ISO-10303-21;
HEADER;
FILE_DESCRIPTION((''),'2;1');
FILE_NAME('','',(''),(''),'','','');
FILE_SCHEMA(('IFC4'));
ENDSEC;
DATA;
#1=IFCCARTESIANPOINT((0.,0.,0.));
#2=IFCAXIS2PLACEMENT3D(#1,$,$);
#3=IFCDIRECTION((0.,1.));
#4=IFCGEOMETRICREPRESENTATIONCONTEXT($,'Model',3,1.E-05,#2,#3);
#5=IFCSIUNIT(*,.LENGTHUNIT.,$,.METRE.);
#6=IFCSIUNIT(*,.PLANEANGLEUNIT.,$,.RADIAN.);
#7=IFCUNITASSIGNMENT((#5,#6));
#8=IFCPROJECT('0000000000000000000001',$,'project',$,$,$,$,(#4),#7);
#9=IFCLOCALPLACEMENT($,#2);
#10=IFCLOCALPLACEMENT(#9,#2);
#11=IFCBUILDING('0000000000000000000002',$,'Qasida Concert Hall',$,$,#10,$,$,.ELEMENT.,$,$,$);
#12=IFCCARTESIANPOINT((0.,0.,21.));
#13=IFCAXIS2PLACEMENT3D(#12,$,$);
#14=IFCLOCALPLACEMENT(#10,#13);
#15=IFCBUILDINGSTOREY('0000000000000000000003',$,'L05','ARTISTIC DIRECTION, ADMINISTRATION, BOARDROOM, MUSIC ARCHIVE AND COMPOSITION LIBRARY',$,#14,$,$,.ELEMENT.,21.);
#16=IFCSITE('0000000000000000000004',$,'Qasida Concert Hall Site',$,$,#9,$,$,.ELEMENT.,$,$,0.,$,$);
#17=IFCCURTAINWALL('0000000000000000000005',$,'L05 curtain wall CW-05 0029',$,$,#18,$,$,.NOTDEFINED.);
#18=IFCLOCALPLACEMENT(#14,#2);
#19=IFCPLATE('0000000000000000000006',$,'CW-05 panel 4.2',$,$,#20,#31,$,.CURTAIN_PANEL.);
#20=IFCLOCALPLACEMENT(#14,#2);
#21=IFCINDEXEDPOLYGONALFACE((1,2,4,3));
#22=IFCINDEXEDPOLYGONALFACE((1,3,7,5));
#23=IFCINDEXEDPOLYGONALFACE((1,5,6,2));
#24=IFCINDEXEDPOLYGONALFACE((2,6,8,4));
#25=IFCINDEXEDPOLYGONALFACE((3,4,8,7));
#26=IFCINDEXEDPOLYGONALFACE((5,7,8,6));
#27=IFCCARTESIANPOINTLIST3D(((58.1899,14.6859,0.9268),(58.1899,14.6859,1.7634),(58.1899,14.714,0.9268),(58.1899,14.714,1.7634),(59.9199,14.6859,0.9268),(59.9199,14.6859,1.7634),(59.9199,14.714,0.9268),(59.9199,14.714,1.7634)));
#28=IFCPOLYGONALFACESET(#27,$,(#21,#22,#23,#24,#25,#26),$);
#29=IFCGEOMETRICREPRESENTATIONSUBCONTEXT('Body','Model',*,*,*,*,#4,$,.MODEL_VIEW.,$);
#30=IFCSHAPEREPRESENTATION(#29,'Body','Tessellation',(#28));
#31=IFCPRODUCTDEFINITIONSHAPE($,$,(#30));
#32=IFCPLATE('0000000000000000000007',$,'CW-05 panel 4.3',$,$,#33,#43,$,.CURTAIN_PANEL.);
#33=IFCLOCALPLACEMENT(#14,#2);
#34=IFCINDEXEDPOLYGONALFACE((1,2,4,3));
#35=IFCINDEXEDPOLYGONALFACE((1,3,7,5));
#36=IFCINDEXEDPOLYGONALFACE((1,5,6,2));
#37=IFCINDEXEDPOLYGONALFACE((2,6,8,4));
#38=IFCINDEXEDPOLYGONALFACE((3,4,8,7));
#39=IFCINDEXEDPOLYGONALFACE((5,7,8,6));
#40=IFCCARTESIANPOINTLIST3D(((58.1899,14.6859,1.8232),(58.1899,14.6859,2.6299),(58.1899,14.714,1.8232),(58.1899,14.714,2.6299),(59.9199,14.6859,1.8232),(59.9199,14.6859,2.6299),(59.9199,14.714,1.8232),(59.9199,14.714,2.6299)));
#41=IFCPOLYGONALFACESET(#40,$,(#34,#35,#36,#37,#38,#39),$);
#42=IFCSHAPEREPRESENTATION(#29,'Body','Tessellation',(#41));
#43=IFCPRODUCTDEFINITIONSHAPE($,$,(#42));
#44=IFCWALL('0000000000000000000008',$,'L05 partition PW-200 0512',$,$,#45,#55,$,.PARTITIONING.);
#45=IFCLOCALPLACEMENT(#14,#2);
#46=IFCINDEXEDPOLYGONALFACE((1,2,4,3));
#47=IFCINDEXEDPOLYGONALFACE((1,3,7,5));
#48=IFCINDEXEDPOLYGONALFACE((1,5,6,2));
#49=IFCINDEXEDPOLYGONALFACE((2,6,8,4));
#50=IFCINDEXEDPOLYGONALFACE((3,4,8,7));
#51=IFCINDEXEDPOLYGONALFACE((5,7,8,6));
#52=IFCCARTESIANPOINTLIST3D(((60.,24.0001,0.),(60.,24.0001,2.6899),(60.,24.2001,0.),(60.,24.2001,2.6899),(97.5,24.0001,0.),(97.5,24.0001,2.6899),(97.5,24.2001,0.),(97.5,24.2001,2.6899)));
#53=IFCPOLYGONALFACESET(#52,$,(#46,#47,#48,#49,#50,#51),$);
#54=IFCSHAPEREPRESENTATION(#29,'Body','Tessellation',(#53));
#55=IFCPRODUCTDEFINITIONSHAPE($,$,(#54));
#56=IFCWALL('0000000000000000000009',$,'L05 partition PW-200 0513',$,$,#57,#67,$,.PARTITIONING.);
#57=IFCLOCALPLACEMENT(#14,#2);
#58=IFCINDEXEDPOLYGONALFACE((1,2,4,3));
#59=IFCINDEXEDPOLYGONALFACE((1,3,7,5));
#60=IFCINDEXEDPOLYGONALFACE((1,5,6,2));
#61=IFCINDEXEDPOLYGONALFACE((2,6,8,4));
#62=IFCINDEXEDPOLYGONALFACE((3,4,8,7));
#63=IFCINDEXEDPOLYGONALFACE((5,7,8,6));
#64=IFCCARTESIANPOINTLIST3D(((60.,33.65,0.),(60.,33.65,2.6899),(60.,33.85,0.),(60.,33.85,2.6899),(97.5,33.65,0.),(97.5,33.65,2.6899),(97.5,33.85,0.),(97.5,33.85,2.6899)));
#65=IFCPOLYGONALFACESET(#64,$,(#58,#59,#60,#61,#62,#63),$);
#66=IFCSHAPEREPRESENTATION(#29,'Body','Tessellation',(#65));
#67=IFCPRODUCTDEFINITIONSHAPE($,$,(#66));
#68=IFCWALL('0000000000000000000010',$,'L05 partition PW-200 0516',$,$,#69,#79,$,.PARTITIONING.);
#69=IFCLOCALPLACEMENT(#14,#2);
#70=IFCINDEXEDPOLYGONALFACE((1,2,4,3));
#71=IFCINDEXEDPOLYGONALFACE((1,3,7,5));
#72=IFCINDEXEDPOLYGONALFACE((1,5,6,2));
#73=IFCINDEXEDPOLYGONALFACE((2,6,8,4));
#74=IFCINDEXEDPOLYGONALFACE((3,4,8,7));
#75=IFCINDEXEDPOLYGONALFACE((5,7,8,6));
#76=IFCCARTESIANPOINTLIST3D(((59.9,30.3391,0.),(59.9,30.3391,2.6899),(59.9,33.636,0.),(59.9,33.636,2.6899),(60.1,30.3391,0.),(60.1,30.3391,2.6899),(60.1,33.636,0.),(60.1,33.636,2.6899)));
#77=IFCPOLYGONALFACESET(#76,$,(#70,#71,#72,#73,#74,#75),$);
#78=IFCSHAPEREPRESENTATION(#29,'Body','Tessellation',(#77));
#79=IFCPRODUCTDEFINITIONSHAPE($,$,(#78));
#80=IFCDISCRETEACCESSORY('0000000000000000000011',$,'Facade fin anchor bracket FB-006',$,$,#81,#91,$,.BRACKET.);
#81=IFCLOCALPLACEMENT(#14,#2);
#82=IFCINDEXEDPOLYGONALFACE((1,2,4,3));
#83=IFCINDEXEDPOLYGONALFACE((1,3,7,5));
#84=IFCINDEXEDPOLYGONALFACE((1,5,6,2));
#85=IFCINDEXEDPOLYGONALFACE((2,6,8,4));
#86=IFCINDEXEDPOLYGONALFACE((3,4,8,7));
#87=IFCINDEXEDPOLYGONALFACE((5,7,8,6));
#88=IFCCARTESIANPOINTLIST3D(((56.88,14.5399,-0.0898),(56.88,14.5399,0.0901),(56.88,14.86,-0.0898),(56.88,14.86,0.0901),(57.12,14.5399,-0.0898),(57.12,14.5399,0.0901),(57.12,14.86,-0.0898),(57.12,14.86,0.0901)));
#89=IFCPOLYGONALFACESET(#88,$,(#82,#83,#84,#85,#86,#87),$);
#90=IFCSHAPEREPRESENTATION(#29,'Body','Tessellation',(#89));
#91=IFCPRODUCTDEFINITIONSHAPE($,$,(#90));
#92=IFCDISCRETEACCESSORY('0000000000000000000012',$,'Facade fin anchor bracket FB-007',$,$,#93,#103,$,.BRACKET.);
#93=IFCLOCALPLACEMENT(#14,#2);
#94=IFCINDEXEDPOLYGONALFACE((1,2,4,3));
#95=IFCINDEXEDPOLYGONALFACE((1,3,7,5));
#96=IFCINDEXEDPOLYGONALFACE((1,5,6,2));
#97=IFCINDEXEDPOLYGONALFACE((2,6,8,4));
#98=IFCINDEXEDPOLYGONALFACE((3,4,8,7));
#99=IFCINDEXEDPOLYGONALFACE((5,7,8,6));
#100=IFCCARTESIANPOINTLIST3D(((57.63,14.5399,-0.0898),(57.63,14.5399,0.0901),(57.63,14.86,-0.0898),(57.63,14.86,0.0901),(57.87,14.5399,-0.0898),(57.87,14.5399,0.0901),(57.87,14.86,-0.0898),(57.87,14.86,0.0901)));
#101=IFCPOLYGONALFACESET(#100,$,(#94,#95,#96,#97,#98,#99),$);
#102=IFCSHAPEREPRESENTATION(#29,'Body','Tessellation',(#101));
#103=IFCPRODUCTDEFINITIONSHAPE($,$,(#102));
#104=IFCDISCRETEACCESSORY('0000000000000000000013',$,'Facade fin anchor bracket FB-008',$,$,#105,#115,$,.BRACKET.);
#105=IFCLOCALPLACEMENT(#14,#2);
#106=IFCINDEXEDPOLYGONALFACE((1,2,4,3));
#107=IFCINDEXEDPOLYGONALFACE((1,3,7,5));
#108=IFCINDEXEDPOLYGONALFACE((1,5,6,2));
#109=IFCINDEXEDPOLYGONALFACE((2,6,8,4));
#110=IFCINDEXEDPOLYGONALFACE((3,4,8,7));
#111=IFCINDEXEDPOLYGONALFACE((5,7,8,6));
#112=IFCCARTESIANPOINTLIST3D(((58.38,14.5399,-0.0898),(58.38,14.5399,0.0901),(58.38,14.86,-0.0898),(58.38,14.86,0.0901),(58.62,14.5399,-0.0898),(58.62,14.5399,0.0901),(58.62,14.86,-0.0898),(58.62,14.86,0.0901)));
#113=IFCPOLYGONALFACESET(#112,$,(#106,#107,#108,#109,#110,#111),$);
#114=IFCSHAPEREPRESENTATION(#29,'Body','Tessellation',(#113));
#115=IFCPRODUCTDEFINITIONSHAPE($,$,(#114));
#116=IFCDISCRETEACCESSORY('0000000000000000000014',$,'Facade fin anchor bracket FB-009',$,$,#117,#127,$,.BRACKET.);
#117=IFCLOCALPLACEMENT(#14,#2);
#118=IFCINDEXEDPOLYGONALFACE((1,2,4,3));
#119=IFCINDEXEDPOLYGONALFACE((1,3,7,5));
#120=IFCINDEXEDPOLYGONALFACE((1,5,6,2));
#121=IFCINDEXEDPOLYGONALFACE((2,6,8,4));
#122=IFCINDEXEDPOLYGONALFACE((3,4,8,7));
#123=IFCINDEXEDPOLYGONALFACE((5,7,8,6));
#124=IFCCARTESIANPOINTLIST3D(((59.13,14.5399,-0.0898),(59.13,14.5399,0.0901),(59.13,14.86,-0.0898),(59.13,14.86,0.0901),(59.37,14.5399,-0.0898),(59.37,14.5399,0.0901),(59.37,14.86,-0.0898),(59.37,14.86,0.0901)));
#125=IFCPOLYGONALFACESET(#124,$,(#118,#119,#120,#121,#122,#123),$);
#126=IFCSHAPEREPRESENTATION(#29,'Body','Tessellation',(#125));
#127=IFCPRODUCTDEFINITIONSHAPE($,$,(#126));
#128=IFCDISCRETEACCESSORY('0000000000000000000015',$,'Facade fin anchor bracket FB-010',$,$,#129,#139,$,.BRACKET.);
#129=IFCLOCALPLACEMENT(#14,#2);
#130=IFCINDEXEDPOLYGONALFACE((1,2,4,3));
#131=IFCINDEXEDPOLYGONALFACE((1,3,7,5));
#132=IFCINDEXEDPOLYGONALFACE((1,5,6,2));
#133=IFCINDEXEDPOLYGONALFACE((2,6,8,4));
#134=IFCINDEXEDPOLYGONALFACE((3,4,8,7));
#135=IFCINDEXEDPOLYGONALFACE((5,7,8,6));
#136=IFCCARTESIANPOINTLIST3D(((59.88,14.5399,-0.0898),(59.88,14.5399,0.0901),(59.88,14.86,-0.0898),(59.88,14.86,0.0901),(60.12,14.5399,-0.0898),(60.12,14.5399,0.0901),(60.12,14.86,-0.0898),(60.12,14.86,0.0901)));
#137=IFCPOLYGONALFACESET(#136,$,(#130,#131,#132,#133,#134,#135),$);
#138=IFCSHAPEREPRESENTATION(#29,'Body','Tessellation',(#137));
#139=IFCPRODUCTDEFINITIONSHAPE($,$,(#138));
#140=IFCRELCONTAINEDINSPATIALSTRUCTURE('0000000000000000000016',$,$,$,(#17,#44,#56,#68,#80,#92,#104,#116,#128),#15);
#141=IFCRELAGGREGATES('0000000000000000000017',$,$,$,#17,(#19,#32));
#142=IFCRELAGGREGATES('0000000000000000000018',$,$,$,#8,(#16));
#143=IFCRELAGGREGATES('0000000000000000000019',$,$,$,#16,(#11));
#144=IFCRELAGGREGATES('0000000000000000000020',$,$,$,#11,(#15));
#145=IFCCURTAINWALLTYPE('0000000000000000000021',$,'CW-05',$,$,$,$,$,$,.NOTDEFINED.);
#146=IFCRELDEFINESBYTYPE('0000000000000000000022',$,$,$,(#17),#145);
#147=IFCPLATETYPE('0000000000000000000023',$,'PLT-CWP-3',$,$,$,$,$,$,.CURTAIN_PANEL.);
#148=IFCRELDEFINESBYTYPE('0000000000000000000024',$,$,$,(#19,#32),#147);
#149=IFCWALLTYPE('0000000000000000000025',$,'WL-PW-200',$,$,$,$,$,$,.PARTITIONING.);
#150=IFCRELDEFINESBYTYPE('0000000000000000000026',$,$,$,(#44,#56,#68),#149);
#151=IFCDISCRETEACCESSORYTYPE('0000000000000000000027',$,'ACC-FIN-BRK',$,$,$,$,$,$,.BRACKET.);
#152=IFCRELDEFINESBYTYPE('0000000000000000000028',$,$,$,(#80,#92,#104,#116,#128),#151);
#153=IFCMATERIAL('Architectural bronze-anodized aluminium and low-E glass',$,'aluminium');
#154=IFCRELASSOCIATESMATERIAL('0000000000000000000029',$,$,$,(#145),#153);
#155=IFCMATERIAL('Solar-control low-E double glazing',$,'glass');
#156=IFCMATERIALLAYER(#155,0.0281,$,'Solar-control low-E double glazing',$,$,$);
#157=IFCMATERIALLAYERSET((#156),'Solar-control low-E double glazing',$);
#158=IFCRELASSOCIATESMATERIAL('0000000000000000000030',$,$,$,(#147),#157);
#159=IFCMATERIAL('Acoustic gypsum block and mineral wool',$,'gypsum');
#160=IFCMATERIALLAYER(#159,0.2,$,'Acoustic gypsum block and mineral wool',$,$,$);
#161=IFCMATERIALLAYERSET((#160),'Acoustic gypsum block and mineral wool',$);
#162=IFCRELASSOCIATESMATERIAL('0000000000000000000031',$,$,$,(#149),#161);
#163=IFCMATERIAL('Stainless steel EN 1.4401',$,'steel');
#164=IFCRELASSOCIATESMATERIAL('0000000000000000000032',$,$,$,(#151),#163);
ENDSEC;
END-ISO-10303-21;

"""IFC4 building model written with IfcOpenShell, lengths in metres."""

from ifc_helpers import new_model, si_unit, direction, frame, frame_2d, origin, origin_2d, place, context, subcontext, project, spatial, rectangle, extrude, material, layer, layer_set, type_object, element, aggregate, save


model = new_model("IFC4")

# Units and contexts
model_context = context("Model", 3, precision=1e-05, world=origin(), true_north=direction((0.0, 1.0)))
body_context = subcontext(model_context, "Body", "Model", "MODEL_VIEW")
ifc_project = project(units=[si_unit("LENGTHUNIT", "METRE"), si_unit("PLANEANGLEUNIT", "RADIAN")], contexts=[model_context])

# Site, building, storey
site_placement = place(None, origin())
site = spatial("IfcSite", under=ifc_project, at=site_placement, Name="Qasida Concert Hall Site", CompositionType="ELEMENT", RefElevation=0.0)
building_placement = place(site_placement, origin())
building = spatial("IfcBuilding", under=site, at=building_placement, Name="Qasida Concert Hall", CompositionType="ELEMENT")
storey_placement = place(building_placement, frame((0.0, 0.0, 21.0)))
storey = spatial("IfcBuildingStorey", under=building, at=storey_placement, Name="L05", Description="ARTISTIC DIRECTION, ADMINISTRATION, BOARDROOM, MUSIC ARCHIVE AND COMPOSITION LIBRARY", CompositionType="ELEMENT", Elevation=21.0)

# Curtain wall
ifc_material_1 = material(Name="Architectural bronze-anodized aluminium and low-E glass", Category="aluminium")
curtain_wall_type = type_object("IfcCurtainWallType", Name="CW-05", PredefinedType="NOTDEFINED", material=ifc_material_1)
curtain_wall_1_placement = place(storey_placement, origin())
curtain_wall_1 = element("IfcCurtainWall", 1, at=curtain_wall_1_placement, inside=storey, type_object=curtain_wall_type, Name="L05 curtain wall CW-05 0029", PredefinedType="NOTDEFINED")

# Plates
ifc_material_2 = material(Name="Solar-control low-E double glazing", Category="glass")
ifc_layer_1 = layer(ifc_material_2, 0.0281, Name="Solar-control low-E double glazing")
ifc_layer_set_1 = layer_set([ifc_layer_1], Name="Solar-control low-E double glazing")
plate_type = type_object("IfcPlateType", Name="PLT-CWP-3", PredefinedType="CURTAIN_PANEL", material=ifc_layer_set_1)
plate_1_placement = place(storey_placement, frame((59.0549, 14.7, 0.9268), z_axis=(0.0, 0.0, 1.0), x_axis=(1.0, 0.0, 0.0)))
plate_1 = element("IfcPlate", 2, at=plate_1_placement, type_object=plate_type, Name="CW-05 panel 4.2", PredefinedType="CURTAIN_PANEL", context=body_context, shape_type="SweptSolid", body=[
    extrude(rectangle(XDim=1.73, YDim=0.0281, at=origin_2d()), origin(), (0.0, 0.0, 1.0), 0.8367),
])
plate_2_placement = place(storey_placement, frame((59.0549, 14.7, 1.8232), z_axis=(0.0, 0.0, 1.0), x_axis=(1.0, 0.0, 0.0)))
plate_2 = element("IfcPlate", 3, at=plate_2_placement, type_object=plate_type, Name="CW-05 panel 4.3", PredefinedType="CURTAIN_PANEL", context=body_context, shape_type="SweptSolid", body=[
    extrude(rectangle(XDim=1.73, YDim=0.0281, at=origin_2d()), origin(), (0.0, 0.0, 1.0), 0.8066),
])
aggregate(curtain_wall_1, [plate_1, plate_2])

# Walls
ifc_material_3 = material(Name="Acoustic gypsum block and mineral wool", Category="gypsum")
ifc_layer_2 = layer(ifc_material_3, 0.2, Name="Acoustic gypsum block and mineral wool")
ifc_layer_set_2 = layer_set([ifc_layer_2], Name="Acoustic gypsum block and mineral wool")
wall_type = type_object("IfcWallType", Name="WL-PW-200", PredefinedType="PARTITIONING", material=ifc_layer_set_2)
for number, where, z_axis, x_axis, name in (
    (4, (60.0, 24.1001, 0.0), (0.0, 0.0, 1.0), (1.0, 0.0, 0.0), "L05 partition PW-200 0512"),
    (5, (60.0, 33.75, 0.0), (0.0, 0.0, 1.0), (1.0, 0.0, 0.0), "L05 partition PW-200 0513"),
):
    element("IfcWall", number, at=place(storey_placement, frame(where, z_axis=z_axis, x_axis=x_axis)), inside=storey, type_object=wall_type, Name=name, PredefinedType="PARTITIONING", context=body_context, shape_type="SweptSolid", body=[
        extrude(rectangle(XDim=37.5, YDim=0.2, at=frame_2d((18.75, 0.0))), origin(), (0.0, 0.0, 1.0), 2.6899),
    ])

# Wall
wall_1_placement = place(storey_placement, frame((60.0, 30.3391, 0.0), z_axis=(0.0, 0.0, 1.0), x_axis=(0.0, 1.0, 0.0)))
element("IfcWall", 6, at=wall_1_placement, inside=storey, type_object=wall_type, Name="L05 partition PW-200 0516", PredefinedType="PARTITIONING", context=body_context, shape_type="SweptSolid", body=[
    extrude(rectangle(XDim=3.2969, YDim=0.2, at=frame_2d((1.6484, 0.0))), origin(), (0.0, 0.0, 1.0), 2.6899),
])

# Discrete accessories
ifc_material_4 = material(Name="Stainless steel EN 1.4401", Category="steel")
discrete_accessory_type = type_object("IfcDiscreteAccessoryType", Name="ACC-FIN-BRK", PredefinedType="BRACKET", material=ifc_material_4)
for number, where, z_axis, x_axis, name in (
    (7, (57.0, 14.7, -0.0898), (0.0, 0.0, 1.0), (1.0, 0.0, 0.0), "Facade fin anchor bracket FB-006"),
    (8, (57.75, 14.7, -0.0898), (0.0, 0.0, 1.0), (1.0, 0.0, 0.0), "Facade fin anchor bracket FB-007"),
    (9, (58.5, 14.7, -0.0898), (0.0, 0.0, 1.0), (1.0, 0.0, 0.0), "Facade fin anchor bracket FB-008"),
    (10, (59.25, 14.7, -0.0898), (0.0, 0.0, 1.0), (1.0, 0.0, 0.0), "Facade fin anchor bracket FB-009"),
    (11, (60.0, 14.7, -0.0898), (0.0, 0.0, 1.0), (1.0, 0.0, 0.0), "Facade fin anchor bracket FB-010"),
):
    element("IfcDiscreteAccessory", number, at=place(storey_placement, frame(where, z_axis=z_axis, x_axis=x_axis)), inside=storey, type_object=discrete_accessory_type, Name=name, PredefinedType="BRACKET", context=body_context, shape_type="SweptSolid", body=[
        extrude(rectangle(XDim=0.24, YDim=0.3201, at=origin_2d()), origin(), (0.0, 0.0, 1.0), 0.1799),
    ])

save(model, "model.ifc")
